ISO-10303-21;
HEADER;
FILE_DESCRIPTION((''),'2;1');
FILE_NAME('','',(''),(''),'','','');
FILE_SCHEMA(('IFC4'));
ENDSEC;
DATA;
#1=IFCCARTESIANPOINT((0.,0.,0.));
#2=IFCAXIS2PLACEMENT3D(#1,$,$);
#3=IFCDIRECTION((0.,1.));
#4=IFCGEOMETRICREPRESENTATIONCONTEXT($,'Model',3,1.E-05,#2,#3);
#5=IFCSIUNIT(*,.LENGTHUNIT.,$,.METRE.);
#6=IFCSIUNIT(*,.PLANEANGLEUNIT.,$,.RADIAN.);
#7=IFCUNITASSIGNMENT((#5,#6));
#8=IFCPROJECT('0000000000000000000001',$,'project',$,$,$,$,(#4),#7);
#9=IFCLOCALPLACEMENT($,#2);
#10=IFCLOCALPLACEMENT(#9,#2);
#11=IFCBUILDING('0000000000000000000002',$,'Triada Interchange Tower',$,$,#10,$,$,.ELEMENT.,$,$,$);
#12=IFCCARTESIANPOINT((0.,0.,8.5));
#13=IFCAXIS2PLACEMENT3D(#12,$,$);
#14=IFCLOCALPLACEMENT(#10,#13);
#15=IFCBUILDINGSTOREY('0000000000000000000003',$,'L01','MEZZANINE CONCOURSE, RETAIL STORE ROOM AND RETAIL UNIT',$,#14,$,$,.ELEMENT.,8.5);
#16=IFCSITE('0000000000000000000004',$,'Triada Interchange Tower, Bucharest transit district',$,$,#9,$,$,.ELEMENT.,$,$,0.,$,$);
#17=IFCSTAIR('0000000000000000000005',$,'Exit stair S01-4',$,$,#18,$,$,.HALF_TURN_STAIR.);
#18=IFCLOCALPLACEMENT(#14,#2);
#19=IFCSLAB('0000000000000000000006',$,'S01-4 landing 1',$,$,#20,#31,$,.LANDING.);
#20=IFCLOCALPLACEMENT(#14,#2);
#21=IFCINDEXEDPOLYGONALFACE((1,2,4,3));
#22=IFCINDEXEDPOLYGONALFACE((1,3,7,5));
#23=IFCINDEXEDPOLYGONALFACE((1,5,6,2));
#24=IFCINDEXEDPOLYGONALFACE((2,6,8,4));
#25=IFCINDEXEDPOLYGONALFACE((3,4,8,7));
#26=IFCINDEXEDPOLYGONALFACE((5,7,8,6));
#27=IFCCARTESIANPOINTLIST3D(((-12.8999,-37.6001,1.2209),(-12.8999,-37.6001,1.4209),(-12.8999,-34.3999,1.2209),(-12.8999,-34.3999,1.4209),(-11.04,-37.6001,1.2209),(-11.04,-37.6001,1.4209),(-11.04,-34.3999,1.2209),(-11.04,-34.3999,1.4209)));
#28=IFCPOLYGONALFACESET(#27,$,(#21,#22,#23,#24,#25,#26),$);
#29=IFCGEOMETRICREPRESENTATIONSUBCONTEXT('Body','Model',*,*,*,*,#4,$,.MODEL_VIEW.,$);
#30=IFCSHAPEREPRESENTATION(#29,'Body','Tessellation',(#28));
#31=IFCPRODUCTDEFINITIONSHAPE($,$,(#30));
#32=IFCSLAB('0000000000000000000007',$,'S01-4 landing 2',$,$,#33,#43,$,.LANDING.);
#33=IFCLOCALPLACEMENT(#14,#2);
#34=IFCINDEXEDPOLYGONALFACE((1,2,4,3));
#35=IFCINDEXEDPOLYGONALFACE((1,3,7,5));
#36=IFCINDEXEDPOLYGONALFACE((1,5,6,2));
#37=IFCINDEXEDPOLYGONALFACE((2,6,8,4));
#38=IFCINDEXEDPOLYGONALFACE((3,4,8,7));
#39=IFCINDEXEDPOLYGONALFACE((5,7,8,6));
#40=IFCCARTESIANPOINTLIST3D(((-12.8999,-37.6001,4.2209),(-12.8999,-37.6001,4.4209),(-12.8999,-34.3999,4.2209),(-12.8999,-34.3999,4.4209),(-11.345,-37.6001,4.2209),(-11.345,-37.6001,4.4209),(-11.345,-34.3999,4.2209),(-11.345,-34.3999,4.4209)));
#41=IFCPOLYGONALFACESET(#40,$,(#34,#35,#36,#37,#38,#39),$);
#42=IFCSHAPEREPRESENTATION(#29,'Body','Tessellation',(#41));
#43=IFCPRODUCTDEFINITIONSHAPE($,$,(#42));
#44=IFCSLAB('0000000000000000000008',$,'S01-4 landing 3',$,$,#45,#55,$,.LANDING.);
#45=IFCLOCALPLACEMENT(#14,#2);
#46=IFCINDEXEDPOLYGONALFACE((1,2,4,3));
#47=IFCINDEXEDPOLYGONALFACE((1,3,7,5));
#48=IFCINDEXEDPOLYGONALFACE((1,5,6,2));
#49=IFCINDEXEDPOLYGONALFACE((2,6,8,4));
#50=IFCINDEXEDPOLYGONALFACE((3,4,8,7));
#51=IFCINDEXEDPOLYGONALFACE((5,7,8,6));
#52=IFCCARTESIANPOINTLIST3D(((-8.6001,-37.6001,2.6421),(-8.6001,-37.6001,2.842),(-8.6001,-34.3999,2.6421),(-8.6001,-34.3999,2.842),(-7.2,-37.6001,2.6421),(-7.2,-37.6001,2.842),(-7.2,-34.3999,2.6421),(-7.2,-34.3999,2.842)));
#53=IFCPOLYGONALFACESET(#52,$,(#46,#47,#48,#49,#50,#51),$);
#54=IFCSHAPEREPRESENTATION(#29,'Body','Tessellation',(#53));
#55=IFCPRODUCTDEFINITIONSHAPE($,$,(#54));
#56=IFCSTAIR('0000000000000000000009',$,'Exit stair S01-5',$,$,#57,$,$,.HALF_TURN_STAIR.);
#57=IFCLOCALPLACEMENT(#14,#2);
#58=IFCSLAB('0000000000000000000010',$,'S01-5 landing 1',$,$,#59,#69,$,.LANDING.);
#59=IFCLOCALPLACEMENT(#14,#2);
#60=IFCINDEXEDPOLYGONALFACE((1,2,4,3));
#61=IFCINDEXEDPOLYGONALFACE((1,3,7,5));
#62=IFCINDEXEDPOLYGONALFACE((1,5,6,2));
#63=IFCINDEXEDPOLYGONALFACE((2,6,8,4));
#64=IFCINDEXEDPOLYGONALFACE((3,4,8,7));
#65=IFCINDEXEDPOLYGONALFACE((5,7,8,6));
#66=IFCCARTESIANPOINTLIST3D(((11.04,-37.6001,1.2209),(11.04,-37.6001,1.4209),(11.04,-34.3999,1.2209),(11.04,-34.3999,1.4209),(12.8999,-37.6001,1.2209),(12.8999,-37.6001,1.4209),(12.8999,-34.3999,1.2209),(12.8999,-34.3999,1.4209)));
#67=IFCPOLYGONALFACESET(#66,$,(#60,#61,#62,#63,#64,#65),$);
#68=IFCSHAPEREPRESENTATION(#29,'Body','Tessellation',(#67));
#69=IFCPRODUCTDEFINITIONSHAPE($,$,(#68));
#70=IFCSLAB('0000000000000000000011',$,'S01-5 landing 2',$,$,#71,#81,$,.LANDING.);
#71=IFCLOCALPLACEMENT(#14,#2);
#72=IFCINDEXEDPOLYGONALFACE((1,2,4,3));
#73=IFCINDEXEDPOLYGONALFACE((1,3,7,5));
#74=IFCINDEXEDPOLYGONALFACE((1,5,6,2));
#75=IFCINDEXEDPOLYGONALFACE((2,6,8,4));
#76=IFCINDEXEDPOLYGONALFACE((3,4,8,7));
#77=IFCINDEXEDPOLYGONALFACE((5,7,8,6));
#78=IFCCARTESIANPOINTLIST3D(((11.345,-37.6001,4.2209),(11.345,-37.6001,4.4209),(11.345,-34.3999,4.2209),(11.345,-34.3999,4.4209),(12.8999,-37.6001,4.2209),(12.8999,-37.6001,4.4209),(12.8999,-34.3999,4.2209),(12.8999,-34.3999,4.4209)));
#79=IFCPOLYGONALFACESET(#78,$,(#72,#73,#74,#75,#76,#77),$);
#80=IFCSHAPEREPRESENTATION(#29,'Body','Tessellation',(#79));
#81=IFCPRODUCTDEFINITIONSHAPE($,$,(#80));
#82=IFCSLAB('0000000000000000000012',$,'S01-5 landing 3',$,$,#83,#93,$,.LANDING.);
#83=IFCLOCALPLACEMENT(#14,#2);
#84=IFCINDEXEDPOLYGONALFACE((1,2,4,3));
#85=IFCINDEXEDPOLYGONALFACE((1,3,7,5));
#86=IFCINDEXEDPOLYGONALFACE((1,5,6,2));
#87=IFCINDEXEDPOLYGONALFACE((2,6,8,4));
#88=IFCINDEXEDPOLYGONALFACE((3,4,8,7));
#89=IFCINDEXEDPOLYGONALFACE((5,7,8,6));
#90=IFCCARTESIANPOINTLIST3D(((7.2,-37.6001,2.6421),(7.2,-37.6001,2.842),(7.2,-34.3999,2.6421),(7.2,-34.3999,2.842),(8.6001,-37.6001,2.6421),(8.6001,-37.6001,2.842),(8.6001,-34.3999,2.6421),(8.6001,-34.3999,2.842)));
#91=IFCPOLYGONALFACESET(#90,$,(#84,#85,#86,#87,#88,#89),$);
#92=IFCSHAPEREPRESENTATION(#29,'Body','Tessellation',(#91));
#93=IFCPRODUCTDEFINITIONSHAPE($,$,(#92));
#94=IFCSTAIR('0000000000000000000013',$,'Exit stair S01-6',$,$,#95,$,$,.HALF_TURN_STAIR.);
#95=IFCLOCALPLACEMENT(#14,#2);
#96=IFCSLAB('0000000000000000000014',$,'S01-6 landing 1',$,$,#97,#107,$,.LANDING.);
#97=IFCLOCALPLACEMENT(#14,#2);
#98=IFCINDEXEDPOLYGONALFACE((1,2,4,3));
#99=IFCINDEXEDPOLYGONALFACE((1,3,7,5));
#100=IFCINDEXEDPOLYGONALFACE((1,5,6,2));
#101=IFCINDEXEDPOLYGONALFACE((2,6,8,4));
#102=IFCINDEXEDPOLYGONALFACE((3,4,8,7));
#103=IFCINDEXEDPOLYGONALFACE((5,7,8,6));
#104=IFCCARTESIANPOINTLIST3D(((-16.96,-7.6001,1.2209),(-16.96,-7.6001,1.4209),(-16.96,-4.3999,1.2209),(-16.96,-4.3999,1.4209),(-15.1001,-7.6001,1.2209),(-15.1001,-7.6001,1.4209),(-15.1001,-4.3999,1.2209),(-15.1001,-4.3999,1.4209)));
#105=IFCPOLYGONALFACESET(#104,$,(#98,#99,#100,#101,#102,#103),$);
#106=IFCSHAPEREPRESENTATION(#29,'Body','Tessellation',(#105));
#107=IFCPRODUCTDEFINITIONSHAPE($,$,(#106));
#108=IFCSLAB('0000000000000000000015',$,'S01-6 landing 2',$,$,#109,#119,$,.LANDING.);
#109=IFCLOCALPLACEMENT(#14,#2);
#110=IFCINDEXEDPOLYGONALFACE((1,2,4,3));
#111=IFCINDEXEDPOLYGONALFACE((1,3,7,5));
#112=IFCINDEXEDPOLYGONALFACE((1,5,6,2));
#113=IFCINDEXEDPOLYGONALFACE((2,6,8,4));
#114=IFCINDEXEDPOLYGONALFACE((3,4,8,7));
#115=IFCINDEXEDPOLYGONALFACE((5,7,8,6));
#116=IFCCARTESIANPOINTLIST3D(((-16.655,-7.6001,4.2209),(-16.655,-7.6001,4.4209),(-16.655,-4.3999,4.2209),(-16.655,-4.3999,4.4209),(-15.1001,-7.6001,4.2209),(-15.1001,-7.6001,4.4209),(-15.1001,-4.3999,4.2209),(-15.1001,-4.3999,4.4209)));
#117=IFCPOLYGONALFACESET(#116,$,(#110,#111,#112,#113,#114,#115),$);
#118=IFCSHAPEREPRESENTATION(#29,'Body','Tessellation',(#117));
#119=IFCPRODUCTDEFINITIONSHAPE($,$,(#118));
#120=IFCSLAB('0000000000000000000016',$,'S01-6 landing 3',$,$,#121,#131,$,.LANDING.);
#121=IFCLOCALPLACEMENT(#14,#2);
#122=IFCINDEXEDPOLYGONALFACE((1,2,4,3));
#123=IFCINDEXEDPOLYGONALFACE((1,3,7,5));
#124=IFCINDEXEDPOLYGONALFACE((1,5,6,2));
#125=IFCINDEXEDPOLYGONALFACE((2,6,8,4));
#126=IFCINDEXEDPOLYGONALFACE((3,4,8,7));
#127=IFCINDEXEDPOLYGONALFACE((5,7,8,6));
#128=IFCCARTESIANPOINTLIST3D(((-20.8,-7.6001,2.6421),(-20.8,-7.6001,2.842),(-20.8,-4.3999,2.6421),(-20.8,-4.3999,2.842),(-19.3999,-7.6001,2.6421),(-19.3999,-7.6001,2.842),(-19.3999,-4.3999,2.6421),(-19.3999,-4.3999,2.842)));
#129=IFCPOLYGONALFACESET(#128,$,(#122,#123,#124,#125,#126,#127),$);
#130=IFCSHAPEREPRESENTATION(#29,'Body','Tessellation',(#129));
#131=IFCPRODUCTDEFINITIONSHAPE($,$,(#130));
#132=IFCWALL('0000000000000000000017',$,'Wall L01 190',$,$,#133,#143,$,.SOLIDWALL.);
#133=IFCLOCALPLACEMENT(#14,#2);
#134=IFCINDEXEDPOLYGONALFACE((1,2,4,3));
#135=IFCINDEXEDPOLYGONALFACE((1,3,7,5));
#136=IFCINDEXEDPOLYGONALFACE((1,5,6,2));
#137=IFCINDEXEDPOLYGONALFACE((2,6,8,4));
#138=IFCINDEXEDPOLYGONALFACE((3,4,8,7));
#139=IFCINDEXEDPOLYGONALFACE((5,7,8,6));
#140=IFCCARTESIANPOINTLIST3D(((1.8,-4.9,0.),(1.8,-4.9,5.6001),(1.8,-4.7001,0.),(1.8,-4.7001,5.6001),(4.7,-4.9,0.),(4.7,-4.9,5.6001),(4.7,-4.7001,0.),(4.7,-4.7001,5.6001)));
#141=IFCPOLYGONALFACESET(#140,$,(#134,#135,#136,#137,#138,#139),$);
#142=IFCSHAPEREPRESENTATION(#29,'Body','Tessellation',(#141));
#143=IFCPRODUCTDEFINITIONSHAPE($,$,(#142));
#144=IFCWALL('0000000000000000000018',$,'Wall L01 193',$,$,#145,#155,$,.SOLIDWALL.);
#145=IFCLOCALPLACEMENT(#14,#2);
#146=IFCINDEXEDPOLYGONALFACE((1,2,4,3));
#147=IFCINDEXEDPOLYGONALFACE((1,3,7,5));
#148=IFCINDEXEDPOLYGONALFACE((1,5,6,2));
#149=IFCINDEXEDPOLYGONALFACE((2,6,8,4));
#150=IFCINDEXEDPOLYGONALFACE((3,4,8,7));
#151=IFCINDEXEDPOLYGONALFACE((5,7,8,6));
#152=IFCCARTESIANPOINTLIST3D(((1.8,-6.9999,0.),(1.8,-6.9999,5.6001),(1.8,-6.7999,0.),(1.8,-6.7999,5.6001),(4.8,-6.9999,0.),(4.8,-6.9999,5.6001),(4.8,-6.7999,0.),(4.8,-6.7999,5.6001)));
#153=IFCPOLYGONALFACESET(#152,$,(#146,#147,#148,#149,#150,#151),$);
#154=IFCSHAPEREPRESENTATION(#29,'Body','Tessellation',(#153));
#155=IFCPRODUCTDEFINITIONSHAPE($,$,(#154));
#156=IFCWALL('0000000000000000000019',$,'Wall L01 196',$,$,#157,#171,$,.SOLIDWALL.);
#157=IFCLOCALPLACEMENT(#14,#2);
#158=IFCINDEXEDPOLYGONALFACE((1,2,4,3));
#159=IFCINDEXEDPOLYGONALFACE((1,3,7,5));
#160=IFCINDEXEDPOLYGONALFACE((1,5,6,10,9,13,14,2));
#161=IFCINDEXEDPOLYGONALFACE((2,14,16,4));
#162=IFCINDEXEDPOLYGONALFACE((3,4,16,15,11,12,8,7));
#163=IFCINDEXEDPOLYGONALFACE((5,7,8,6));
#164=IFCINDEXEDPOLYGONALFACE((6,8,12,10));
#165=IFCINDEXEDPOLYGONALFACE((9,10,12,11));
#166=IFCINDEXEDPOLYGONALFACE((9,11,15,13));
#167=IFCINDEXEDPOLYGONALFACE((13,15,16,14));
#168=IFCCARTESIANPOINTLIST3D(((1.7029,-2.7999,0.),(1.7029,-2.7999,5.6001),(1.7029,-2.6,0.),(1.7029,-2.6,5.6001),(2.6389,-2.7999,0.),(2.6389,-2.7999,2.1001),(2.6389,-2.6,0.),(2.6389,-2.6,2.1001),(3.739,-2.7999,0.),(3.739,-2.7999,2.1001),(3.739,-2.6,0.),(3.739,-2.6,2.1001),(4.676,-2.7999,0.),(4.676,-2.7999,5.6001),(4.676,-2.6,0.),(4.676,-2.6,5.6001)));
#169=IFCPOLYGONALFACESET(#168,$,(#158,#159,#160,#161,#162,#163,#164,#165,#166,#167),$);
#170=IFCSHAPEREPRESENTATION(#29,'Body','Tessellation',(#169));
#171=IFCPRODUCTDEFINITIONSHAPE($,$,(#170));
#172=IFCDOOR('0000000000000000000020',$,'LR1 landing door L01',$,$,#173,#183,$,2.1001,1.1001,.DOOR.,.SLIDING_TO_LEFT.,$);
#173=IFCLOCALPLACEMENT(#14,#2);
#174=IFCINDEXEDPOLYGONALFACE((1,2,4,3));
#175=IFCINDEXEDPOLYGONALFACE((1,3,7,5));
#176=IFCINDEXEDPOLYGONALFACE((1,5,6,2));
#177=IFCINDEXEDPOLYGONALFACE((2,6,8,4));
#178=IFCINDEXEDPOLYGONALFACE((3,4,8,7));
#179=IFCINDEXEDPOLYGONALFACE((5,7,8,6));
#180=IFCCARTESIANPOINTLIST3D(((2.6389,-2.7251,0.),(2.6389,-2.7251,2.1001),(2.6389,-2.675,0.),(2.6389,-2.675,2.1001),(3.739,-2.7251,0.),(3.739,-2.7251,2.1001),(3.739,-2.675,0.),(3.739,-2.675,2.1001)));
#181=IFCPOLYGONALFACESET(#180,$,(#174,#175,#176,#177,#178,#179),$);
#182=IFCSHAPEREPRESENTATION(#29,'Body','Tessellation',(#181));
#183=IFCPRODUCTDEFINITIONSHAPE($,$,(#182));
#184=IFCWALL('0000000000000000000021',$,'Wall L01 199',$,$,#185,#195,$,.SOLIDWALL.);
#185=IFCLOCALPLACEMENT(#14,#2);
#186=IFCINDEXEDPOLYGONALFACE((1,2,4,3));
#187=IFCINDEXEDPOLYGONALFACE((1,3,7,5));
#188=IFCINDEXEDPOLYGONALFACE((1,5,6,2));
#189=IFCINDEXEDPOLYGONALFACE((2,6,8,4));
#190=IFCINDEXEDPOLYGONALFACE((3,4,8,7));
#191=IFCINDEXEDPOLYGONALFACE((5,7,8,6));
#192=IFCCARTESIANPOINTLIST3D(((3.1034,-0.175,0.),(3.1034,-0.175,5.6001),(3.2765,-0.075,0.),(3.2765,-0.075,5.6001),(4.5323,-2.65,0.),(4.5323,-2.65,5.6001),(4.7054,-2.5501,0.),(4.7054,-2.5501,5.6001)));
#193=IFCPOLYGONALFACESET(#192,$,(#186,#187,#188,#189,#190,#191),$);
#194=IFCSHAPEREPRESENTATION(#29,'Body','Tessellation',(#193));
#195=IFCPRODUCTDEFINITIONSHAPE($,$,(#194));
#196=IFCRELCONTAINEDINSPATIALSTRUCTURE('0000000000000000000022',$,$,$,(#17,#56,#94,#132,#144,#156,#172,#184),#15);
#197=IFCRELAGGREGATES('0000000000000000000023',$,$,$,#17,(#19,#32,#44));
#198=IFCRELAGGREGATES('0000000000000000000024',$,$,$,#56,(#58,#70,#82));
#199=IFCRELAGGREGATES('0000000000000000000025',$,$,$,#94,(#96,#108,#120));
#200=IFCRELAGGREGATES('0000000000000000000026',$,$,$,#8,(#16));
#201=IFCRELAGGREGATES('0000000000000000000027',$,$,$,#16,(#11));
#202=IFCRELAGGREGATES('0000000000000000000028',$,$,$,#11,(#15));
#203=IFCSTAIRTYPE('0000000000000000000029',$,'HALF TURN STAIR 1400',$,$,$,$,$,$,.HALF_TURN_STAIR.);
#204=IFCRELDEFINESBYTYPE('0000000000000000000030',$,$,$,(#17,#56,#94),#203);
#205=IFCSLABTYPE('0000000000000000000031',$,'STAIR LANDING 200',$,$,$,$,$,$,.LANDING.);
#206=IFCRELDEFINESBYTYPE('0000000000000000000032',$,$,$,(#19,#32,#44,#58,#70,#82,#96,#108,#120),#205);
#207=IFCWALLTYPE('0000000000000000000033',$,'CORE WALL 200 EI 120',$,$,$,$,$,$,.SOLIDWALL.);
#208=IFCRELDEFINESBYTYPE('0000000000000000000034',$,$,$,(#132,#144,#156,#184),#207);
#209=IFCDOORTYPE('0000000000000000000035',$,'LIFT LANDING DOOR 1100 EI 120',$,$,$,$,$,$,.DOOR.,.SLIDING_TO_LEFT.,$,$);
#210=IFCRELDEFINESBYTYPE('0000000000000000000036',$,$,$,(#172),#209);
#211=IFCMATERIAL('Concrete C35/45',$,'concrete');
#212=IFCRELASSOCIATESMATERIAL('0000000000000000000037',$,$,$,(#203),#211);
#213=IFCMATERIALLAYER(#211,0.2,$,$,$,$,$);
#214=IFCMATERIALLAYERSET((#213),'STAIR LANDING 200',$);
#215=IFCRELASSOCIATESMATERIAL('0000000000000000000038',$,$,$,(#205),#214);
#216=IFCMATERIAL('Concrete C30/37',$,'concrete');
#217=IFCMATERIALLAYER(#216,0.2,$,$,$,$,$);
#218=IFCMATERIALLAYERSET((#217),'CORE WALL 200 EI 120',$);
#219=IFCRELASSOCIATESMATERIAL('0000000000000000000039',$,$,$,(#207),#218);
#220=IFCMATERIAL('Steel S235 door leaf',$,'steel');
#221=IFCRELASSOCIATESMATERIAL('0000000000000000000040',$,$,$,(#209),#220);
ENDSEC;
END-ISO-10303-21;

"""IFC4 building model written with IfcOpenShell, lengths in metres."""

from ifc_helpers import new_model, si_unit, direction, frame, frame_2d, origin, place, context, subcontext, project, spatial, polyline, rectangle, outline, extrude, material, layer, layer_set, type_object, element, fill, aggregate, save


model = new_model("IFC4")

# Units and contexts
model_context = context("Model", 3, precision=1e-05, world=origin(), true_north=direction((0.0, 1.0)))
body_context = subcontext(model_context, "Body", "Model", "MODEL_VIEW")
ifc_project = project(units=[si_unit("LENGTHUNIT", "METRE"), si_unit("PLANEANGLEUNIT", "RADIAN")], contexts=[model_context])

# Site, building, storey
site_placement = place(None, origin())
site = spatial("IfcSite", under=ifc_project, at=site_placement, Name="Triada Interchange Tower, Bucharest transit district", CompositionType="ELEMENT", RefElevation=0.0)
building_placement = place(site_placement, origin())
building = spatial("IfcBuilding", under=site, at=building_placement, Name="Triada Interchange Tower", CompositionType="ELEMENT")
storey_placement = place(building_placement, frame((0.0, 0.0, 8.5)))
storey = spatial("IfcBuildingStorey", under=building, at=storey_placement, Name="L01", Description="MEZZANINE CONCOURSE, RETAIL STORE ROOM AND RETAIL UNIT", CompositionType="ELEMENT", Elevation=8.5)

# Stairs, slabs
ifc_material_1 = material(Name="Concrete C35/45", Category="concrete")
stair_type = type_object("IfcStairType", Name="HALF TURN STAIR 1400", PredefinedType="HALF_TURN_STAIR", material=ifc_material_1)
ifc_layer_1 = layer(ifc_material_1, 0.2)
ifc_layer_set_1 = layer_set([ifc_layer_1], Name="STAIR LANDING 200")
slab_type_1 = type_object("IfcSlabType", Name="STAIR LANDING 200", PredefinedType="LANDING", material=ifc_layer_set_1)
stair_1_placement = place(storey_placement, origin())
stair_1 = element("IfcStair", 1, at=stair_1_placement, inside=storey, type_object=stair_type, Name="Exit stair S01-4", PredefinedType="HALF_TURN_STAIR")
slab_1_placement = place(storey_placement, frame((0.0, 0.0, 1.2209)))
slab_1 = element("IfcSlab", 2, at=slab_1_placement, type_object=slab_type_1, Name="S01-4 landing 1", PredefinedType="LANDING", context=body_context, shape_type="SweptSolid", body=[
    extrude(outline(polyline([(-12.8999, -37.6001), (-11.04, -37.6001), (-11.04, -34.3999), (-12.8999, -34.3999), (-12.8999, -37.6001)])), origin(), (0.0, 0.0, 1.0), 0.2),
])
slab_2_placement = place(storey_placement, frame((0.0, 0.0, 4.2209)))
slab_2 = element("IfcSlab", 3, at=slab_2_placement, type_object=slab_type_1, Name="S01-4 landing 2", PredefinedType="LANDING", context=body_context, shape_type="SweptSolid", body=[
    extrude(outline(polyline([(-12.8999, -37.6001), (-11.345, -37.6001), (-11.345, -34.3999), (-12.8999, -34.3999), (-12.8999, -37.6001)])), origin(), (0.0, 0.0, 1.0), 0.2),
])
slab_3_placement = place(storey_placement, frame((0.0, 0.0, 2.6421)))
slab_3 = element("IfcSlab", 4, at=slab_3_placement, type_object=slab_type_1, Name="S01-4 landing 3", PredefinedType="LANDING", context=body_context, shape_type="SweptSolid", body=[
    extrude(outline(polyline([(-8.6001, -37.6001), (-7.2, -37.6001), (-7.2, -34.3999), (-8.6001, -34.3999), (-8.6001, -37.6001)])), origin(), (0.0, 0.0, 1.0), 0.2),
])
aggregate(stair_1, [slab_1, slab_2, slab_3])
stair_2_placement = place(storey_placement, origin())
stair_2 = element("IfcStair", 5, at=stair_2_placement, inside=storey, type_object=stair_type, Name="Exit stair S01-5", PredefinedType="HALF_TURN_STAIR")
slab_4_placement = place(storey_placement, frame((0.0, 0.0, 1.2209)))
slab_4 = element("IfcSlab", 6, at=slab_4_placement, type_object=slab_type_1, Name="S01-5 landing 1", PredefinedType="LANDING", context=body_context, shape_type="SweptSolid", body=[
    extrude(outline(polyline([(12.8999, -34.3999), (11.04, -34.3999), (11.04, -37.6001), (12.8999, -37.6001), (12.8999, -34.3999)])), origin(), (0.0, 0.0, 1.0), 0.2),
])
slab_5_placement = place(storey_placement, frame((0.0, 0.0, 4.2209)))
slab_5 = element("IfcSlab", 7, at=slab_5_placement, type_object=slab_type_1, Name="S01-5 landing 2", PredefinedType="LANDING", context=body_context, shape_type="SweptSolid", body=[
    extrude(outline(polyline([(12.8999, -34.3999), (11.345, -34.3999), (11.345, -37.6001), (12.8999, -37.6001), (12.8999, -34.3999)])), origin(), (0.0, 0.0, 1.0), 0.2),
])
slab_6_placement = place(storey_placement, frame((0.0, 0.0, 2.6421)))
slab_6 = element("IfcSlab", 8, at=slab_6_placement, type_object=slab_type_1, Name="S01-5 landing 3", PredefinedType="LANDING", context=body_context, shape_type="SweptSolid", body=[
    extrude(outline(polyline([(8.6001, -34.3999), (7.2, -34.3999), (7.2, -37.6001), (8.6001, -37.6001), (8.6001, -34.3999)])), origin(), (0.0, 0.0, 1.0), 0.2),
])
aggregate(stair_2, [slab_4, slab_5, slab_6])
stair_3_placement = place(storey_placement, origin())
stair_3 = element("IfcStair", 9, at=stair_3_placement, inside=storey, type_object=stair_type, Name="Exit stair S01-6", PredefinedType="HALF_TURN_STAIR")
slab_7_placement = place(storey_placement, frame((0.0, 0.0, 1.2209)))
slab_7 = element("IfcSlab", 10, at=slab_7_placement, type_object=slab_type_1, Name="S01-6 landing 1", PredefinedType="LANDING", context=body_context, shape_type="SweptSolid", body=[
    extrude(outline(polyline([(-15.1001, -4.3999), (-16.96, -4.3999), (-16.96, -7.6001), (-15.1001, -7.6001), (-15.1001, -4.3999)])), origin(), (0.0, 0.0, 1.0), 0.2),
])
slab_8_placement = place(storey_placement, frame((0.0, 0.0, 4.2209)))
slab_8 = element("IfcSlab", 11, at=slab_8_placement, type_object=slab_type_1, Name="S01-6 landing 2", PredefinedType="LANDING", context=body_context, shape_type="SweptSolid", body=[
    extrude(outline(polyline([(-15.1001, -4.3999), (-16.655, -4.3999), (-16.655, -7.6001), (-15.1001, -7.6001), (-15.1001, -4.3999)])), origin(), (0.0, 0.0, 1.0), 0.2),
])
slab_9_placement = place(storey_placement, frame((0.0, 0.0, 2.6421)))
slab_9 = element("IfcSlab", 12, at=slab_9_placement, type_object=slab_type_1, Name="S01-6 landing 3", PredefinedType="LANDING", context=body_context, shape_type="SweptSolid", body=[
    extrude(outline(polyline([(-19.3999, -4.3999), (-20.8, -4.3999), (-20.8, -7.6001), (-19.3999, -7.6001), (-19.3999, -4.3999)])), origin(), (0.0, 0.0, 1.0), 0.2),
])
aggregate(stair_3, [slab_7, slab_8, slab_9])

# Walls
ifc_material_2 = material(Name="Concrete C30/37", Category="concrete")
ifc_layer_2 = layer(ifc_material_2, 0.2)
ifc_layer_set_2 = layer_set([ifc_layer_2], Name="CORE WALL 200 EI 120")
wall_type_1 = type_object("IfcWallType", Name="CORE WALL 200 EI 120", PredefinedType="SOLIDWALL", material=ifc_layer_set_2)
wall_1_placement = place(storey_placement, frame((1.8, -4.8, 0.0), z_axis=(0.0, 0.0, 1.0), x_axis=(1.0, 0.0, 0.0)))
element("IfcWall", 13, at=wall_1_placement, inside=storey, type_object=wall_type_1, Name="Wall L01 190", PredefinedType="SOLIDWALL", context=body_context, shape_type="SweptSolid", body=[
    extrude(rectangle(XDim=2.8999, YDim=0.2, at=frame_2d((1.45, 0.0))), origin(), (0.0, 0.0, 1.0), 5.6001),
])
wall_2_placement = place(storey_placement, frame((1.8, -6.8999, 0.0), z_axis=(0.0, 0.0, 1.0), x_axis=(1.0, 0.0, 0.0)))
element("IfcWall", 14, at=wall_2_placement, inside=storey, type_object=wall_type_1, Name="Wall L01 193", PredefinedType="SOLIDWALL", context=body_context, shape_type="SweptSolid", body=[
    extrude(rectangle(XDim=3.0, YDim=0.2, at=frame_2d((1.5, 0.0))), origin(), (0.0, 0.0, 1.0), 5.6001),
])

# Wall, opening, door
wall_3_placement = place(storey_placement, frame((1.7029, -2.7, 0.0), z_axis=(0.0, 0.0, 1.0), x_axis=(1.0, 0.0, 0.0)))
wall_3 = element("IfcWall", 15, at=wall_3_placement, inside=storey, type_object=wall_type_1, Name="Wall L01 196", PredefinedType="SOLIDWALL", context=body_context, shape_type="SweptSolid", body=[
    extrude(rectangle(XDim=2.9731, YDim=0.2, at=frame_2d((1.4866, 0.0))), origin(), (0.0, 0.0, 1.0), 5.6001),
])
opening_1_placement = place(wall_3_placement, frame((0.936, 0.0, 0.0)))
opening_1 = element("IfcOpeningElement", 16, at=opening_1_placement, cuts=wall_3, PredefinedType="OPENING", context=body_context, shape_type="SweptSolid", body=[
    extrude(rectangle(XDim=1.1001, YDim=2.1001, at=frame_2d((0.55, 1.05))), frame((0.0, 0.1099, 0.0), z_axis=(0.0, -1.0, 0.0), x_axis=(1.0, 0.0, 0.0)), (0.0, 0.0, 1.0), 0.22),
])
ifc_material_3 = material(Name="Steel S235 door leaf", Category="steel")
door_type_1 = type_object("IfcDoorType", Name="LIFT LANDING DOOR 1100 EI 120", OperationType="SLIDING_TO_LEFT", PredefinedType="DOOR", material=ifc_material_3)
door_1_placement = place(opening_1_placement, origin())
door_1 = element("IfcDoor", 17, at=door_1_placement, inside=storey, type_object=door_type_1, Name="LR1 landing door L01", OperationType="SLIDING_TO_LEFT", OverallHeight=2.1001, OverallWidth=1.1001, PredefinedType="DOOR", context=body_context, shape_type="SweptSolid", body=[
    extrude(rectangle(XDim=1.1001, YDim=2.1001, at=frame_2d((0.55, 1.05))), frame((0.0, 0.0249, 0.0), z_axis=(0.0, -1.0, 0.0), x_axis=(1.0, 0.0, 0.0)), (0.0, 0.0, 1.0), 0.05),
])
fill(opening_1, door_1)

# Wall
wall_4_placement = place(storey_placement, frame((3.1899, -0.125, 0.0), z_axis=(0.0, 0.0, 1.0), x_axis=(0.499989, -0.866032, 0.0)))
element("IfcWall", 18, at=wall_4_placement, inside=storey, type_object=wall_type_1, Name="Wall L01 199", PredefinedType="SOLIDWALL", context=body_context, shape_type="SweptSolid", body=[
    extrude(rectangle(XDim=2.8579, YDim=0.2, at=frame_2d((1.429, 0.0))), origin(), (0.0, 0.0, 1.0), 5.6001),
])

save(model, "model.ifc")
